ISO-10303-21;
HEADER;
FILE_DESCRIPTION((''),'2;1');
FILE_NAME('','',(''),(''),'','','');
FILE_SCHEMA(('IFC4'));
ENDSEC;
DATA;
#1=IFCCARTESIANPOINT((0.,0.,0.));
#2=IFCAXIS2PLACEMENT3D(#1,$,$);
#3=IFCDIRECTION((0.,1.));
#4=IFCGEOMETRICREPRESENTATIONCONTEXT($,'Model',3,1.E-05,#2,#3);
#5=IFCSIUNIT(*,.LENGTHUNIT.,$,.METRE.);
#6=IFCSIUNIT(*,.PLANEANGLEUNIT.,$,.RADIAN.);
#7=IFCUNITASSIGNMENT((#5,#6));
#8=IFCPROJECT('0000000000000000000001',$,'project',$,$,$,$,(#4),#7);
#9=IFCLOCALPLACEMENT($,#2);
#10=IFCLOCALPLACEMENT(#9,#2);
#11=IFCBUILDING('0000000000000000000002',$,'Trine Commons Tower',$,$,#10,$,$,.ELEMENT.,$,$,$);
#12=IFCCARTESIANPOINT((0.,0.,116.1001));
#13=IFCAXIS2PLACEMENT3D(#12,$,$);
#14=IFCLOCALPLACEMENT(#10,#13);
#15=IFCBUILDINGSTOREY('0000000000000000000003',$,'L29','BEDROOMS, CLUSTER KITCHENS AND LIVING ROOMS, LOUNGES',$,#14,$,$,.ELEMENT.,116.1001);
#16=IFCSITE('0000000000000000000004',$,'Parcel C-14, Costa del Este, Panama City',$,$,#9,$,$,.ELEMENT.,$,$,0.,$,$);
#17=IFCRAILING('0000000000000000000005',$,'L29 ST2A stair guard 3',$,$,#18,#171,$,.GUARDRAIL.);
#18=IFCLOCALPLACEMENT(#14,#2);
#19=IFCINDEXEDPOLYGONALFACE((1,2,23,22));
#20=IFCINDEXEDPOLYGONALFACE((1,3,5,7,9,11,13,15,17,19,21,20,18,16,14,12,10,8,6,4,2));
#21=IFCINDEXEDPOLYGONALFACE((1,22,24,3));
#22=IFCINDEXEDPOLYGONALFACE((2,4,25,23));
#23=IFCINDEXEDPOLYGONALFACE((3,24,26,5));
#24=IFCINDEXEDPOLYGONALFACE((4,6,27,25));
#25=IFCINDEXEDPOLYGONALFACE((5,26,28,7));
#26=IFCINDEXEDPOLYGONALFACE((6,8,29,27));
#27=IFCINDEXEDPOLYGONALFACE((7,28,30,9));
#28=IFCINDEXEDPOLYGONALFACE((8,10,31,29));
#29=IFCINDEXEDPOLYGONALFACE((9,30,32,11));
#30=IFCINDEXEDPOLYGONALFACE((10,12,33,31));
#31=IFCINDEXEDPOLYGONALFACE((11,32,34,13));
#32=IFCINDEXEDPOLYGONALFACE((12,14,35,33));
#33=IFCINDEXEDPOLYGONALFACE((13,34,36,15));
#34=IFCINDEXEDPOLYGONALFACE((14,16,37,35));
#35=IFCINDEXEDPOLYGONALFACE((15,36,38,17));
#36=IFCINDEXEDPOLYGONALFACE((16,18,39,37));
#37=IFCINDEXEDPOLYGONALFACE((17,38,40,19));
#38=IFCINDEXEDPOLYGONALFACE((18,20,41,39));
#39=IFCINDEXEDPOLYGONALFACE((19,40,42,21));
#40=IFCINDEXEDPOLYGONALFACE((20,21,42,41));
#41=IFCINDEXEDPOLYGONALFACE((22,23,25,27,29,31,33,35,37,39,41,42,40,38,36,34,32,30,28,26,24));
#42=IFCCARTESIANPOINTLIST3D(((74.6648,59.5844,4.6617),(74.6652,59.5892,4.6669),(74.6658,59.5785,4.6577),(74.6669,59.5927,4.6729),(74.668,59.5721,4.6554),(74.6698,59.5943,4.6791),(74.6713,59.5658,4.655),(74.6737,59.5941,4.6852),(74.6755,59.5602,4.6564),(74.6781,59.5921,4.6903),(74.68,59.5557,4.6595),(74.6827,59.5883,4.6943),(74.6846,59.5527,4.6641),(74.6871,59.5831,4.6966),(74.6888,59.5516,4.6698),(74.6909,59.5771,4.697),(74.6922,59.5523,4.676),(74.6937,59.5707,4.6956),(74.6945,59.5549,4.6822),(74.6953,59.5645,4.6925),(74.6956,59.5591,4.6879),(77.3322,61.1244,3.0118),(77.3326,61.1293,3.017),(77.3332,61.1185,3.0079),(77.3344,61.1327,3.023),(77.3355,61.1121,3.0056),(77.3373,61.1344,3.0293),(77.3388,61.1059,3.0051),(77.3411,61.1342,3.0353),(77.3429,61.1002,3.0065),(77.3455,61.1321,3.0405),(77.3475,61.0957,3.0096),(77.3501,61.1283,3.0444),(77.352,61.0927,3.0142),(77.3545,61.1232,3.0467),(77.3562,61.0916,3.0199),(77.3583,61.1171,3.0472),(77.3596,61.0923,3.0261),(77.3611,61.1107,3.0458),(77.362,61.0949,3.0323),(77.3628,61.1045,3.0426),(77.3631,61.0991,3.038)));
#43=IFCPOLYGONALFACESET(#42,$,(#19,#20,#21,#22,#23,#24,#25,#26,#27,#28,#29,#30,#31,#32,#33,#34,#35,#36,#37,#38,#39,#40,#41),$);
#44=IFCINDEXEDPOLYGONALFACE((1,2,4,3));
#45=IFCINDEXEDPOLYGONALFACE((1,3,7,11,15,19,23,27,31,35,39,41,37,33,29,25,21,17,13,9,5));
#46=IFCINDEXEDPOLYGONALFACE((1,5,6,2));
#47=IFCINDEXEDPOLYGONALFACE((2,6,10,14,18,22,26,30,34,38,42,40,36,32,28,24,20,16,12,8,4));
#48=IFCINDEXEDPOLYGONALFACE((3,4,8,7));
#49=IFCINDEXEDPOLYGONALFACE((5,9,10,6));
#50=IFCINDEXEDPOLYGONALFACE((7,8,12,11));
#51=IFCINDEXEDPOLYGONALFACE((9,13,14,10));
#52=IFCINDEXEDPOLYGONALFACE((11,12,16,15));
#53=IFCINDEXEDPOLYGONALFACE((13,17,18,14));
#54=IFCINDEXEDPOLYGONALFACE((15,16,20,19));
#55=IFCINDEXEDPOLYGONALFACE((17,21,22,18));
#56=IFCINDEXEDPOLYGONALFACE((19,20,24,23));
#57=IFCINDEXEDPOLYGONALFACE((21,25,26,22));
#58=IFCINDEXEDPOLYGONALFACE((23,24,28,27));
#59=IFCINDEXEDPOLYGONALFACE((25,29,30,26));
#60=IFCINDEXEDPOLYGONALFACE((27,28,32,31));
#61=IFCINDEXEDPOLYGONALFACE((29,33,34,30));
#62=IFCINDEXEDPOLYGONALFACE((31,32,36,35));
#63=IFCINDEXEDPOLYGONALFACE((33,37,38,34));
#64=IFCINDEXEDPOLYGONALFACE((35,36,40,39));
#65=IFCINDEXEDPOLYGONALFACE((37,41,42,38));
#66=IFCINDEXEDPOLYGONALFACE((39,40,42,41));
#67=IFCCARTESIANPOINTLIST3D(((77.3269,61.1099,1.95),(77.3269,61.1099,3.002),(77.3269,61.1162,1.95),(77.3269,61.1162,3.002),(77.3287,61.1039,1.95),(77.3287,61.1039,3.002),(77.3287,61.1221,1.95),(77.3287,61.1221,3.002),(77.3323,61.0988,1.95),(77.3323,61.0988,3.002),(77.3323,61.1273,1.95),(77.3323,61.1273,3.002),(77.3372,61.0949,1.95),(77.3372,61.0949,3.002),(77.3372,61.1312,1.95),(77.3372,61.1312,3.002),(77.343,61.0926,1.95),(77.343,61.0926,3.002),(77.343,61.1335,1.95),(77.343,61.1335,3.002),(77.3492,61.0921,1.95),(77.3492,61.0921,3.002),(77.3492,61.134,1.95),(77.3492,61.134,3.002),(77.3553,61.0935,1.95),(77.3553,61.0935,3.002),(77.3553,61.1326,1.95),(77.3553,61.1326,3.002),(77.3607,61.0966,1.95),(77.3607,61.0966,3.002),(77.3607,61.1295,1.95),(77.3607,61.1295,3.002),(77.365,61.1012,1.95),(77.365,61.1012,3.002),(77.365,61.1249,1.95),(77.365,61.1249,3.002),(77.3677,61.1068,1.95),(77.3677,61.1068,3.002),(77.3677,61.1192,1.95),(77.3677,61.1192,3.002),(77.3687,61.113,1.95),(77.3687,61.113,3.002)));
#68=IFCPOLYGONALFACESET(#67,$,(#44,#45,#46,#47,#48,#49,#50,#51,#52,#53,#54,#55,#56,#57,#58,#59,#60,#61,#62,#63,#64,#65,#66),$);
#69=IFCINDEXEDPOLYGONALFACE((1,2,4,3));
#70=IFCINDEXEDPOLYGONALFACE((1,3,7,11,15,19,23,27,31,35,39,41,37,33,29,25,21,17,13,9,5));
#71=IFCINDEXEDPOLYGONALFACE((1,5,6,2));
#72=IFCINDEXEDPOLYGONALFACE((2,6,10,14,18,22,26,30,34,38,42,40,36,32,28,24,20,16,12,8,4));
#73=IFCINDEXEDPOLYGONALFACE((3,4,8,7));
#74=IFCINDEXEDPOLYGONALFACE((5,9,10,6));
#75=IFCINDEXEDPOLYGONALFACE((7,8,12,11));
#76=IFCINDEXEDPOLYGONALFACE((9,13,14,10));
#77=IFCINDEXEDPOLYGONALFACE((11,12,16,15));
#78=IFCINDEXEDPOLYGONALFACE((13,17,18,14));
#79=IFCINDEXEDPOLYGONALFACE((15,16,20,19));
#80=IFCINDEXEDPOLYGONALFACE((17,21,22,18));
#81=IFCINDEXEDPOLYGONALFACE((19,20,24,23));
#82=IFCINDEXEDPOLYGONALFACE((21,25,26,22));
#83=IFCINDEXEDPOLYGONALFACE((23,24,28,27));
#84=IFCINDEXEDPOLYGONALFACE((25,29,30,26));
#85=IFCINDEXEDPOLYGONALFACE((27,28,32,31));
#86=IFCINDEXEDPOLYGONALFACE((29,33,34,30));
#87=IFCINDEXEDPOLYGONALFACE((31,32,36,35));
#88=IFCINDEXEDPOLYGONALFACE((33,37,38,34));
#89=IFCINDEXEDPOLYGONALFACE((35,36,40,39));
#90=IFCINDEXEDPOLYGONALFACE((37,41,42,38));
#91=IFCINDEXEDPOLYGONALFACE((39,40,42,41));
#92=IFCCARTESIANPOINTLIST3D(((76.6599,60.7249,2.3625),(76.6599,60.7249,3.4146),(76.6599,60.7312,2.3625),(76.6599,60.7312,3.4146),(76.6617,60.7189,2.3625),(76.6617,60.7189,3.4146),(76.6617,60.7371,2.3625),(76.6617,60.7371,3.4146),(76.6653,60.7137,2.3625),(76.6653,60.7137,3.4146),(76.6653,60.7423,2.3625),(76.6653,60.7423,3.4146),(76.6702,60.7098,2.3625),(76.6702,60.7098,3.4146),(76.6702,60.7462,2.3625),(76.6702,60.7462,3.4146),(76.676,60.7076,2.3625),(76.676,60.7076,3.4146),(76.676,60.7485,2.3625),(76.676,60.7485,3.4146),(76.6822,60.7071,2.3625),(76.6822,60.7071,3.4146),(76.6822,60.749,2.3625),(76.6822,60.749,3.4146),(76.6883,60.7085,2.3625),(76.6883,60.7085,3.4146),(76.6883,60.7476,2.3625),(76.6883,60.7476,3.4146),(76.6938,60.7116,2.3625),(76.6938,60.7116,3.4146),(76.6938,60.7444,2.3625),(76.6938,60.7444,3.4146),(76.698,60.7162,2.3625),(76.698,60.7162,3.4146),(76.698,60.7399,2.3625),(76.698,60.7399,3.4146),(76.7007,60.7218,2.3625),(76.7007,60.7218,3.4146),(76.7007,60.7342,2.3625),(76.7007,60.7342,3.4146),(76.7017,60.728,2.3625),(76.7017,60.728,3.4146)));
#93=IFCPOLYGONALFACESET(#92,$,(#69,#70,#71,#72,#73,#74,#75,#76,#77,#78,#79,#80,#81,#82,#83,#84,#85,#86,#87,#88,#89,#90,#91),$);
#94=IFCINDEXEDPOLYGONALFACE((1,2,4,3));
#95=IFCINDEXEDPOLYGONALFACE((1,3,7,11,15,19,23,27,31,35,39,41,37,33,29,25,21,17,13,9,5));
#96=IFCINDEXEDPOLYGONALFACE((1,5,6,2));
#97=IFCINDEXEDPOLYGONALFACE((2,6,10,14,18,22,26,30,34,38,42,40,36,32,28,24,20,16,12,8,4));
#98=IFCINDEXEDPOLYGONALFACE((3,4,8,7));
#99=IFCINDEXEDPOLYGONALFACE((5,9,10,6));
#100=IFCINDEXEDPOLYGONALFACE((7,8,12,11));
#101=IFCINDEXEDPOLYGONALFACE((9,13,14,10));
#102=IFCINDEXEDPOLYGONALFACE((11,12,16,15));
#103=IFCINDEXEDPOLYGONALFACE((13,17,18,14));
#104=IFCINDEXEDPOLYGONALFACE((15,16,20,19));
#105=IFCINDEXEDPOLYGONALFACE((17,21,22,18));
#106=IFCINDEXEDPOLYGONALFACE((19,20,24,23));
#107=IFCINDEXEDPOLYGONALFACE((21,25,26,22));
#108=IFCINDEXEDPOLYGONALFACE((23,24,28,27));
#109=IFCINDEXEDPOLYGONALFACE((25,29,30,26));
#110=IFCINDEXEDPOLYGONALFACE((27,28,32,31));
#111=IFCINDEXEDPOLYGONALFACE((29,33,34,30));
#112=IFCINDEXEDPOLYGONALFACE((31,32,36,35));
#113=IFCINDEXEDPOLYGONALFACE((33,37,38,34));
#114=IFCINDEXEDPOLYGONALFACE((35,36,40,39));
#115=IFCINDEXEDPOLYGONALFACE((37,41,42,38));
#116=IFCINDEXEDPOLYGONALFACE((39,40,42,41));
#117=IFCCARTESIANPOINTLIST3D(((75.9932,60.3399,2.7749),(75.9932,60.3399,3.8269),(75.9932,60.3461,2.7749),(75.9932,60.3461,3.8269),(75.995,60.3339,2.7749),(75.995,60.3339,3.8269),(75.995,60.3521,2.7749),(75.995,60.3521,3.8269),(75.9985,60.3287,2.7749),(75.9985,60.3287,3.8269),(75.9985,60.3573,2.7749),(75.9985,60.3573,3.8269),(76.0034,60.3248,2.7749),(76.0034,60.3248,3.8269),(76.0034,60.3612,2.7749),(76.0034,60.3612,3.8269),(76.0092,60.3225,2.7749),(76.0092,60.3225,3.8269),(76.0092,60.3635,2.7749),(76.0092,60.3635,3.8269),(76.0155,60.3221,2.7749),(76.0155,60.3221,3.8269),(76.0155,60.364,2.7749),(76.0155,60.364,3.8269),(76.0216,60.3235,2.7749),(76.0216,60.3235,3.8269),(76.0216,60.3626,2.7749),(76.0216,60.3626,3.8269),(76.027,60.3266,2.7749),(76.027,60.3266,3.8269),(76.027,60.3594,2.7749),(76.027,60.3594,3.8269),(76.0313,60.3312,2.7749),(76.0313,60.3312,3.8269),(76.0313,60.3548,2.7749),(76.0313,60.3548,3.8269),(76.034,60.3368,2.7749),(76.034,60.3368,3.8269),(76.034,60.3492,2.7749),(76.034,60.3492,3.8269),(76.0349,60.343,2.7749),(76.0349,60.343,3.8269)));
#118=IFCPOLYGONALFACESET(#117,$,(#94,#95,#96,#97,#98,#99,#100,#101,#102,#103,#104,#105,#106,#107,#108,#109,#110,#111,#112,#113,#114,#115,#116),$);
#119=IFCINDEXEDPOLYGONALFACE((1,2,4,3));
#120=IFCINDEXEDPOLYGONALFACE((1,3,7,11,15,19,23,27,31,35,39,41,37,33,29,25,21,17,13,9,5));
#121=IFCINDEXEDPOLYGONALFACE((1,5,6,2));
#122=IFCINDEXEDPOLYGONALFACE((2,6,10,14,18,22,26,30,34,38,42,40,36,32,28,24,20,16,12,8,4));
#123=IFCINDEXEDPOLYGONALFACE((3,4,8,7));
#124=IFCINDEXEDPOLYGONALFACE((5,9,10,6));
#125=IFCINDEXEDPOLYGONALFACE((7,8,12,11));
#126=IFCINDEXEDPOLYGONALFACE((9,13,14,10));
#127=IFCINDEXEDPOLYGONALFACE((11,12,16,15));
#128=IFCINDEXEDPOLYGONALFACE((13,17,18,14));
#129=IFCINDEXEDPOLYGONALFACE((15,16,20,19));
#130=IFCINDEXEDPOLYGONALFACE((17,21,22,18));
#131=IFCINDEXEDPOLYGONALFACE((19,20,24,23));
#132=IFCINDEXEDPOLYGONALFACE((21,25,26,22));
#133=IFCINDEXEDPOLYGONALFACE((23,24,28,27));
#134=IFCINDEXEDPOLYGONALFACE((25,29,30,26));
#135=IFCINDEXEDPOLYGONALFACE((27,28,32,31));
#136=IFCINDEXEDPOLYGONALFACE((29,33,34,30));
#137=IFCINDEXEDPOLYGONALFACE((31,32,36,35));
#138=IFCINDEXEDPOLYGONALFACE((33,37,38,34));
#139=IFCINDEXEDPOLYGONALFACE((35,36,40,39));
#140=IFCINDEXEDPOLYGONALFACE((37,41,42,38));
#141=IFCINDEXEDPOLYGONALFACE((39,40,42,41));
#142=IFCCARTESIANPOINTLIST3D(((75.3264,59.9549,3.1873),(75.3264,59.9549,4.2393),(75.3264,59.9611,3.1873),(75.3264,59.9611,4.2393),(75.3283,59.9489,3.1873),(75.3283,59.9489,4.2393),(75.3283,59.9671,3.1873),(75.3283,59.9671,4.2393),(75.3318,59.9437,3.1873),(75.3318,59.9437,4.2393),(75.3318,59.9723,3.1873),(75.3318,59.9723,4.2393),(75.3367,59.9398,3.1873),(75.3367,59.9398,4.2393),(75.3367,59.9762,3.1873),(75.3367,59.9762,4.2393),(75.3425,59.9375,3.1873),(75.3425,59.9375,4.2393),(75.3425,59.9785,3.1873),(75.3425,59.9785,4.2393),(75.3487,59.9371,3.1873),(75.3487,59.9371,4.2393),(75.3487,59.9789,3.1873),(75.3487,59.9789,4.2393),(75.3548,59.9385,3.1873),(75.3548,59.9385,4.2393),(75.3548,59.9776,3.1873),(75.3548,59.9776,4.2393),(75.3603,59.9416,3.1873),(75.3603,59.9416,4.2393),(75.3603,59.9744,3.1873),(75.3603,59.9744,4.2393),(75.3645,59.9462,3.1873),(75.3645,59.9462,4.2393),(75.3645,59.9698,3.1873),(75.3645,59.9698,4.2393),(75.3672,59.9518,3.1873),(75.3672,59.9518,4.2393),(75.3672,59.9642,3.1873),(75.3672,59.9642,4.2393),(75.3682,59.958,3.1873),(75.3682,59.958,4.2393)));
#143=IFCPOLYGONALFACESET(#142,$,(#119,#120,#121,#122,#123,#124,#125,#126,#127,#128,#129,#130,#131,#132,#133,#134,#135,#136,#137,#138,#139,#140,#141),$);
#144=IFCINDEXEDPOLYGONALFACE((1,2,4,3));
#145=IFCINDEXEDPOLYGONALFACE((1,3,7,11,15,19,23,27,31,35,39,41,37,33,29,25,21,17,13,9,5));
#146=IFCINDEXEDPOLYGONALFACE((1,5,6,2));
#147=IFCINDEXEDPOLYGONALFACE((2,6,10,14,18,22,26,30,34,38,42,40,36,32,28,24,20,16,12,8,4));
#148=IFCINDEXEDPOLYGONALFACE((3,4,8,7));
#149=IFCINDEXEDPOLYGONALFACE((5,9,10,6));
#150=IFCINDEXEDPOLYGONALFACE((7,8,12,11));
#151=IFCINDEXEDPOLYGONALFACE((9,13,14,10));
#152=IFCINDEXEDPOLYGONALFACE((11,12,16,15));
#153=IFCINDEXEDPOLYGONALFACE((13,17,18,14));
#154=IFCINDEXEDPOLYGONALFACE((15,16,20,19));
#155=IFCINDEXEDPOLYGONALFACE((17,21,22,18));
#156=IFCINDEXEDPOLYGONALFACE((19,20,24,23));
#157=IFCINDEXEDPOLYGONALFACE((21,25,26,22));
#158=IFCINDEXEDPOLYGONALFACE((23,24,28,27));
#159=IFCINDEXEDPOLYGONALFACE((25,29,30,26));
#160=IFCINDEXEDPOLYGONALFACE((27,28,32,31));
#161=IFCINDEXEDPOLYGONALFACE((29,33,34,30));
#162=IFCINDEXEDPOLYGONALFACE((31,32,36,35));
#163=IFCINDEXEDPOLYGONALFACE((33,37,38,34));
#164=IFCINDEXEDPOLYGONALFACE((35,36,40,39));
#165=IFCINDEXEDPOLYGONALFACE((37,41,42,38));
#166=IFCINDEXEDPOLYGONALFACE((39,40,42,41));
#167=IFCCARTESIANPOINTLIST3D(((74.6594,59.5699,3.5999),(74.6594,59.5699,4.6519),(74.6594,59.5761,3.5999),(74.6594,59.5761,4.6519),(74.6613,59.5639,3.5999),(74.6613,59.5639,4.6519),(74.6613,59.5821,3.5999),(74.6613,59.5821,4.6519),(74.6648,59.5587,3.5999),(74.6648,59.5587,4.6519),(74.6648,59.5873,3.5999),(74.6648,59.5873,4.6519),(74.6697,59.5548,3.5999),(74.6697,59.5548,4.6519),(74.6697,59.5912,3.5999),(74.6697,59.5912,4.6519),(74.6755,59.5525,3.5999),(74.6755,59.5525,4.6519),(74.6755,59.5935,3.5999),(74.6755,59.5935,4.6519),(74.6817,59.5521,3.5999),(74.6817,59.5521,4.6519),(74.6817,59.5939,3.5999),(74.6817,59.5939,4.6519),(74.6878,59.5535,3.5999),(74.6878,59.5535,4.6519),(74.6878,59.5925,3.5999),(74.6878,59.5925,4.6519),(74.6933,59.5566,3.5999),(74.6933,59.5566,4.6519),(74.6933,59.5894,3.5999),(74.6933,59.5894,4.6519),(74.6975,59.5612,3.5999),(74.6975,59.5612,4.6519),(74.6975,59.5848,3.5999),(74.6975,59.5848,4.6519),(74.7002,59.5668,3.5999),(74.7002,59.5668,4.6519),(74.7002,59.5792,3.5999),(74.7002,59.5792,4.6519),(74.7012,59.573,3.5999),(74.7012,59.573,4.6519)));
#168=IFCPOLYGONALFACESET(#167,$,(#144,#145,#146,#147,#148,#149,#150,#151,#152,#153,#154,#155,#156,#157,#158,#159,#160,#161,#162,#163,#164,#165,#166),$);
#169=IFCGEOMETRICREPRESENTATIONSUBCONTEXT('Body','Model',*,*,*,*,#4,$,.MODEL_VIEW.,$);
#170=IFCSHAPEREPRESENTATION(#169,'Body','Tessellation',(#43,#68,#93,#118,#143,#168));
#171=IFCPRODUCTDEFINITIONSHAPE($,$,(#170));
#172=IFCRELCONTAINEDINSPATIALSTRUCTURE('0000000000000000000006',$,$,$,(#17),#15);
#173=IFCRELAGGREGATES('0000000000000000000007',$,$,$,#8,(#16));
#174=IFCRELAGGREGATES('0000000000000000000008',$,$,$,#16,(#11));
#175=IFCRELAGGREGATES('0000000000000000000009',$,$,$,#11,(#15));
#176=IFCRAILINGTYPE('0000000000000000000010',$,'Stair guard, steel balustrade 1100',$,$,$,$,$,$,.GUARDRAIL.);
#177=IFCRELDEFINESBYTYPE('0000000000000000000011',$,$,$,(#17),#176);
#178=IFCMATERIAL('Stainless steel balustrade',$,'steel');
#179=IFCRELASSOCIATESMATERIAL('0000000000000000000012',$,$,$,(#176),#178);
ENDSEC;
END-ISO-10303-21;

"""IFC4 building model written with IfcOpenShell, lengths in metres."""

from ifc_helpers import new_model, si_unit, direction, frame, origin, origin_2d, place, context, subcontext, project, spatial, circle, extrude, material, type_object, element, save


model = new_model("IFC4")

# Units and contexts
model_context = context("Model", 3, precision=1e-05, world=origin(), true_north=direction((0.0, 1.0)))
body_context = subcontext(model_context, "Body", "Model", "MODEL_VIEW")
ifc_project = project(units=[si_unit("LENGTHUNIT", "METRE"), si_unit("PLANEANGLEUNIT", "RADIAN")], contexts=[model_context])

# Site, building, storey
site_placement = place(None, origin())
site = spatial("IfcSite", under=ifc_project, at=site_placement, Name="Parcel C-14, Costa del Este, Panama City", CompositionType="ELEMENT", RefElevation=0.0)
building_placement = place(site_placement, origin())
building = spatial("IfcBuilding", under=site, at=building_placement, Name="Trine Commons Tower", CompositionType="ELEMENT")
storey_placement = place(building_placement, frame((0.0, 0.0, 116.1001)))
storey = spatial("IfcBuildingStorey", under=building, at=storey_placement, Name="L29", Description="BEDROOMS, CLUSTER KITCHENS AND LIVING ROOMS, LOUNGES", CompositionType="ELEMENT", Elevation=116.1001)

# Railing
ifc_material_1 = material(Name="Stainless steel balustrade", Category="steel")
railing_type_1 = type_object("IfcRailingType", Name="Stair guard, steel balustrade 1100", PredefinedType="GUARDRAIL", material=ifc_material_1)
railing_1_placement = place(storey_placement, frame((77.3477, 61.113, 1.95)))
element("IfcRailing", 1, at=railing_1_placement, inside=storey, type_object=railing_type_1, Name="L29 ST2A stair guard 3", PredefinedType="GUARDRAIL", context=body_context, shape_type="SweptSolid", body=[
    extrude(circle(Radius=0.0239, at=origin_2d()), frame((0.0, 0.0, 1.0762), z_axis=(-0.763405, -0.440743, 0.472185), x_axis=(0.499992, -0.86603, 0.0)), (0.0, 0.0, 1.0), 3.4941),
    extrude(circle(Radius=0.021, at=origin_2d()), origin(), (0.0, 0.0, 1.0), 1.052),
    extrude(circle(Radius=0.021, at=origin_2d()), frame((-0.667, -0.385, 0.4126)), (0.0, 0.0, 1.0), 1.052),
    extrude(circle(Radius=0.021, at=origin_2d()), frame((-1.3337, -0.77, 0.825)), (0.0, 0.0, 1.0), 1.052),
    extrude(circle(Radius=0.021, at=origin_2d()), frame((-2.0005, -1.155, 1.2373)), (0.0, 0.0, 1.0), 1.052),
    extrude(circle(Radius=0.021, at=origin_2d()), frame((-2.6675, -1.54, 1.6499)), (0.0, 0.0, 1.0), 1.052),
])

save(model, "model.ifc")
